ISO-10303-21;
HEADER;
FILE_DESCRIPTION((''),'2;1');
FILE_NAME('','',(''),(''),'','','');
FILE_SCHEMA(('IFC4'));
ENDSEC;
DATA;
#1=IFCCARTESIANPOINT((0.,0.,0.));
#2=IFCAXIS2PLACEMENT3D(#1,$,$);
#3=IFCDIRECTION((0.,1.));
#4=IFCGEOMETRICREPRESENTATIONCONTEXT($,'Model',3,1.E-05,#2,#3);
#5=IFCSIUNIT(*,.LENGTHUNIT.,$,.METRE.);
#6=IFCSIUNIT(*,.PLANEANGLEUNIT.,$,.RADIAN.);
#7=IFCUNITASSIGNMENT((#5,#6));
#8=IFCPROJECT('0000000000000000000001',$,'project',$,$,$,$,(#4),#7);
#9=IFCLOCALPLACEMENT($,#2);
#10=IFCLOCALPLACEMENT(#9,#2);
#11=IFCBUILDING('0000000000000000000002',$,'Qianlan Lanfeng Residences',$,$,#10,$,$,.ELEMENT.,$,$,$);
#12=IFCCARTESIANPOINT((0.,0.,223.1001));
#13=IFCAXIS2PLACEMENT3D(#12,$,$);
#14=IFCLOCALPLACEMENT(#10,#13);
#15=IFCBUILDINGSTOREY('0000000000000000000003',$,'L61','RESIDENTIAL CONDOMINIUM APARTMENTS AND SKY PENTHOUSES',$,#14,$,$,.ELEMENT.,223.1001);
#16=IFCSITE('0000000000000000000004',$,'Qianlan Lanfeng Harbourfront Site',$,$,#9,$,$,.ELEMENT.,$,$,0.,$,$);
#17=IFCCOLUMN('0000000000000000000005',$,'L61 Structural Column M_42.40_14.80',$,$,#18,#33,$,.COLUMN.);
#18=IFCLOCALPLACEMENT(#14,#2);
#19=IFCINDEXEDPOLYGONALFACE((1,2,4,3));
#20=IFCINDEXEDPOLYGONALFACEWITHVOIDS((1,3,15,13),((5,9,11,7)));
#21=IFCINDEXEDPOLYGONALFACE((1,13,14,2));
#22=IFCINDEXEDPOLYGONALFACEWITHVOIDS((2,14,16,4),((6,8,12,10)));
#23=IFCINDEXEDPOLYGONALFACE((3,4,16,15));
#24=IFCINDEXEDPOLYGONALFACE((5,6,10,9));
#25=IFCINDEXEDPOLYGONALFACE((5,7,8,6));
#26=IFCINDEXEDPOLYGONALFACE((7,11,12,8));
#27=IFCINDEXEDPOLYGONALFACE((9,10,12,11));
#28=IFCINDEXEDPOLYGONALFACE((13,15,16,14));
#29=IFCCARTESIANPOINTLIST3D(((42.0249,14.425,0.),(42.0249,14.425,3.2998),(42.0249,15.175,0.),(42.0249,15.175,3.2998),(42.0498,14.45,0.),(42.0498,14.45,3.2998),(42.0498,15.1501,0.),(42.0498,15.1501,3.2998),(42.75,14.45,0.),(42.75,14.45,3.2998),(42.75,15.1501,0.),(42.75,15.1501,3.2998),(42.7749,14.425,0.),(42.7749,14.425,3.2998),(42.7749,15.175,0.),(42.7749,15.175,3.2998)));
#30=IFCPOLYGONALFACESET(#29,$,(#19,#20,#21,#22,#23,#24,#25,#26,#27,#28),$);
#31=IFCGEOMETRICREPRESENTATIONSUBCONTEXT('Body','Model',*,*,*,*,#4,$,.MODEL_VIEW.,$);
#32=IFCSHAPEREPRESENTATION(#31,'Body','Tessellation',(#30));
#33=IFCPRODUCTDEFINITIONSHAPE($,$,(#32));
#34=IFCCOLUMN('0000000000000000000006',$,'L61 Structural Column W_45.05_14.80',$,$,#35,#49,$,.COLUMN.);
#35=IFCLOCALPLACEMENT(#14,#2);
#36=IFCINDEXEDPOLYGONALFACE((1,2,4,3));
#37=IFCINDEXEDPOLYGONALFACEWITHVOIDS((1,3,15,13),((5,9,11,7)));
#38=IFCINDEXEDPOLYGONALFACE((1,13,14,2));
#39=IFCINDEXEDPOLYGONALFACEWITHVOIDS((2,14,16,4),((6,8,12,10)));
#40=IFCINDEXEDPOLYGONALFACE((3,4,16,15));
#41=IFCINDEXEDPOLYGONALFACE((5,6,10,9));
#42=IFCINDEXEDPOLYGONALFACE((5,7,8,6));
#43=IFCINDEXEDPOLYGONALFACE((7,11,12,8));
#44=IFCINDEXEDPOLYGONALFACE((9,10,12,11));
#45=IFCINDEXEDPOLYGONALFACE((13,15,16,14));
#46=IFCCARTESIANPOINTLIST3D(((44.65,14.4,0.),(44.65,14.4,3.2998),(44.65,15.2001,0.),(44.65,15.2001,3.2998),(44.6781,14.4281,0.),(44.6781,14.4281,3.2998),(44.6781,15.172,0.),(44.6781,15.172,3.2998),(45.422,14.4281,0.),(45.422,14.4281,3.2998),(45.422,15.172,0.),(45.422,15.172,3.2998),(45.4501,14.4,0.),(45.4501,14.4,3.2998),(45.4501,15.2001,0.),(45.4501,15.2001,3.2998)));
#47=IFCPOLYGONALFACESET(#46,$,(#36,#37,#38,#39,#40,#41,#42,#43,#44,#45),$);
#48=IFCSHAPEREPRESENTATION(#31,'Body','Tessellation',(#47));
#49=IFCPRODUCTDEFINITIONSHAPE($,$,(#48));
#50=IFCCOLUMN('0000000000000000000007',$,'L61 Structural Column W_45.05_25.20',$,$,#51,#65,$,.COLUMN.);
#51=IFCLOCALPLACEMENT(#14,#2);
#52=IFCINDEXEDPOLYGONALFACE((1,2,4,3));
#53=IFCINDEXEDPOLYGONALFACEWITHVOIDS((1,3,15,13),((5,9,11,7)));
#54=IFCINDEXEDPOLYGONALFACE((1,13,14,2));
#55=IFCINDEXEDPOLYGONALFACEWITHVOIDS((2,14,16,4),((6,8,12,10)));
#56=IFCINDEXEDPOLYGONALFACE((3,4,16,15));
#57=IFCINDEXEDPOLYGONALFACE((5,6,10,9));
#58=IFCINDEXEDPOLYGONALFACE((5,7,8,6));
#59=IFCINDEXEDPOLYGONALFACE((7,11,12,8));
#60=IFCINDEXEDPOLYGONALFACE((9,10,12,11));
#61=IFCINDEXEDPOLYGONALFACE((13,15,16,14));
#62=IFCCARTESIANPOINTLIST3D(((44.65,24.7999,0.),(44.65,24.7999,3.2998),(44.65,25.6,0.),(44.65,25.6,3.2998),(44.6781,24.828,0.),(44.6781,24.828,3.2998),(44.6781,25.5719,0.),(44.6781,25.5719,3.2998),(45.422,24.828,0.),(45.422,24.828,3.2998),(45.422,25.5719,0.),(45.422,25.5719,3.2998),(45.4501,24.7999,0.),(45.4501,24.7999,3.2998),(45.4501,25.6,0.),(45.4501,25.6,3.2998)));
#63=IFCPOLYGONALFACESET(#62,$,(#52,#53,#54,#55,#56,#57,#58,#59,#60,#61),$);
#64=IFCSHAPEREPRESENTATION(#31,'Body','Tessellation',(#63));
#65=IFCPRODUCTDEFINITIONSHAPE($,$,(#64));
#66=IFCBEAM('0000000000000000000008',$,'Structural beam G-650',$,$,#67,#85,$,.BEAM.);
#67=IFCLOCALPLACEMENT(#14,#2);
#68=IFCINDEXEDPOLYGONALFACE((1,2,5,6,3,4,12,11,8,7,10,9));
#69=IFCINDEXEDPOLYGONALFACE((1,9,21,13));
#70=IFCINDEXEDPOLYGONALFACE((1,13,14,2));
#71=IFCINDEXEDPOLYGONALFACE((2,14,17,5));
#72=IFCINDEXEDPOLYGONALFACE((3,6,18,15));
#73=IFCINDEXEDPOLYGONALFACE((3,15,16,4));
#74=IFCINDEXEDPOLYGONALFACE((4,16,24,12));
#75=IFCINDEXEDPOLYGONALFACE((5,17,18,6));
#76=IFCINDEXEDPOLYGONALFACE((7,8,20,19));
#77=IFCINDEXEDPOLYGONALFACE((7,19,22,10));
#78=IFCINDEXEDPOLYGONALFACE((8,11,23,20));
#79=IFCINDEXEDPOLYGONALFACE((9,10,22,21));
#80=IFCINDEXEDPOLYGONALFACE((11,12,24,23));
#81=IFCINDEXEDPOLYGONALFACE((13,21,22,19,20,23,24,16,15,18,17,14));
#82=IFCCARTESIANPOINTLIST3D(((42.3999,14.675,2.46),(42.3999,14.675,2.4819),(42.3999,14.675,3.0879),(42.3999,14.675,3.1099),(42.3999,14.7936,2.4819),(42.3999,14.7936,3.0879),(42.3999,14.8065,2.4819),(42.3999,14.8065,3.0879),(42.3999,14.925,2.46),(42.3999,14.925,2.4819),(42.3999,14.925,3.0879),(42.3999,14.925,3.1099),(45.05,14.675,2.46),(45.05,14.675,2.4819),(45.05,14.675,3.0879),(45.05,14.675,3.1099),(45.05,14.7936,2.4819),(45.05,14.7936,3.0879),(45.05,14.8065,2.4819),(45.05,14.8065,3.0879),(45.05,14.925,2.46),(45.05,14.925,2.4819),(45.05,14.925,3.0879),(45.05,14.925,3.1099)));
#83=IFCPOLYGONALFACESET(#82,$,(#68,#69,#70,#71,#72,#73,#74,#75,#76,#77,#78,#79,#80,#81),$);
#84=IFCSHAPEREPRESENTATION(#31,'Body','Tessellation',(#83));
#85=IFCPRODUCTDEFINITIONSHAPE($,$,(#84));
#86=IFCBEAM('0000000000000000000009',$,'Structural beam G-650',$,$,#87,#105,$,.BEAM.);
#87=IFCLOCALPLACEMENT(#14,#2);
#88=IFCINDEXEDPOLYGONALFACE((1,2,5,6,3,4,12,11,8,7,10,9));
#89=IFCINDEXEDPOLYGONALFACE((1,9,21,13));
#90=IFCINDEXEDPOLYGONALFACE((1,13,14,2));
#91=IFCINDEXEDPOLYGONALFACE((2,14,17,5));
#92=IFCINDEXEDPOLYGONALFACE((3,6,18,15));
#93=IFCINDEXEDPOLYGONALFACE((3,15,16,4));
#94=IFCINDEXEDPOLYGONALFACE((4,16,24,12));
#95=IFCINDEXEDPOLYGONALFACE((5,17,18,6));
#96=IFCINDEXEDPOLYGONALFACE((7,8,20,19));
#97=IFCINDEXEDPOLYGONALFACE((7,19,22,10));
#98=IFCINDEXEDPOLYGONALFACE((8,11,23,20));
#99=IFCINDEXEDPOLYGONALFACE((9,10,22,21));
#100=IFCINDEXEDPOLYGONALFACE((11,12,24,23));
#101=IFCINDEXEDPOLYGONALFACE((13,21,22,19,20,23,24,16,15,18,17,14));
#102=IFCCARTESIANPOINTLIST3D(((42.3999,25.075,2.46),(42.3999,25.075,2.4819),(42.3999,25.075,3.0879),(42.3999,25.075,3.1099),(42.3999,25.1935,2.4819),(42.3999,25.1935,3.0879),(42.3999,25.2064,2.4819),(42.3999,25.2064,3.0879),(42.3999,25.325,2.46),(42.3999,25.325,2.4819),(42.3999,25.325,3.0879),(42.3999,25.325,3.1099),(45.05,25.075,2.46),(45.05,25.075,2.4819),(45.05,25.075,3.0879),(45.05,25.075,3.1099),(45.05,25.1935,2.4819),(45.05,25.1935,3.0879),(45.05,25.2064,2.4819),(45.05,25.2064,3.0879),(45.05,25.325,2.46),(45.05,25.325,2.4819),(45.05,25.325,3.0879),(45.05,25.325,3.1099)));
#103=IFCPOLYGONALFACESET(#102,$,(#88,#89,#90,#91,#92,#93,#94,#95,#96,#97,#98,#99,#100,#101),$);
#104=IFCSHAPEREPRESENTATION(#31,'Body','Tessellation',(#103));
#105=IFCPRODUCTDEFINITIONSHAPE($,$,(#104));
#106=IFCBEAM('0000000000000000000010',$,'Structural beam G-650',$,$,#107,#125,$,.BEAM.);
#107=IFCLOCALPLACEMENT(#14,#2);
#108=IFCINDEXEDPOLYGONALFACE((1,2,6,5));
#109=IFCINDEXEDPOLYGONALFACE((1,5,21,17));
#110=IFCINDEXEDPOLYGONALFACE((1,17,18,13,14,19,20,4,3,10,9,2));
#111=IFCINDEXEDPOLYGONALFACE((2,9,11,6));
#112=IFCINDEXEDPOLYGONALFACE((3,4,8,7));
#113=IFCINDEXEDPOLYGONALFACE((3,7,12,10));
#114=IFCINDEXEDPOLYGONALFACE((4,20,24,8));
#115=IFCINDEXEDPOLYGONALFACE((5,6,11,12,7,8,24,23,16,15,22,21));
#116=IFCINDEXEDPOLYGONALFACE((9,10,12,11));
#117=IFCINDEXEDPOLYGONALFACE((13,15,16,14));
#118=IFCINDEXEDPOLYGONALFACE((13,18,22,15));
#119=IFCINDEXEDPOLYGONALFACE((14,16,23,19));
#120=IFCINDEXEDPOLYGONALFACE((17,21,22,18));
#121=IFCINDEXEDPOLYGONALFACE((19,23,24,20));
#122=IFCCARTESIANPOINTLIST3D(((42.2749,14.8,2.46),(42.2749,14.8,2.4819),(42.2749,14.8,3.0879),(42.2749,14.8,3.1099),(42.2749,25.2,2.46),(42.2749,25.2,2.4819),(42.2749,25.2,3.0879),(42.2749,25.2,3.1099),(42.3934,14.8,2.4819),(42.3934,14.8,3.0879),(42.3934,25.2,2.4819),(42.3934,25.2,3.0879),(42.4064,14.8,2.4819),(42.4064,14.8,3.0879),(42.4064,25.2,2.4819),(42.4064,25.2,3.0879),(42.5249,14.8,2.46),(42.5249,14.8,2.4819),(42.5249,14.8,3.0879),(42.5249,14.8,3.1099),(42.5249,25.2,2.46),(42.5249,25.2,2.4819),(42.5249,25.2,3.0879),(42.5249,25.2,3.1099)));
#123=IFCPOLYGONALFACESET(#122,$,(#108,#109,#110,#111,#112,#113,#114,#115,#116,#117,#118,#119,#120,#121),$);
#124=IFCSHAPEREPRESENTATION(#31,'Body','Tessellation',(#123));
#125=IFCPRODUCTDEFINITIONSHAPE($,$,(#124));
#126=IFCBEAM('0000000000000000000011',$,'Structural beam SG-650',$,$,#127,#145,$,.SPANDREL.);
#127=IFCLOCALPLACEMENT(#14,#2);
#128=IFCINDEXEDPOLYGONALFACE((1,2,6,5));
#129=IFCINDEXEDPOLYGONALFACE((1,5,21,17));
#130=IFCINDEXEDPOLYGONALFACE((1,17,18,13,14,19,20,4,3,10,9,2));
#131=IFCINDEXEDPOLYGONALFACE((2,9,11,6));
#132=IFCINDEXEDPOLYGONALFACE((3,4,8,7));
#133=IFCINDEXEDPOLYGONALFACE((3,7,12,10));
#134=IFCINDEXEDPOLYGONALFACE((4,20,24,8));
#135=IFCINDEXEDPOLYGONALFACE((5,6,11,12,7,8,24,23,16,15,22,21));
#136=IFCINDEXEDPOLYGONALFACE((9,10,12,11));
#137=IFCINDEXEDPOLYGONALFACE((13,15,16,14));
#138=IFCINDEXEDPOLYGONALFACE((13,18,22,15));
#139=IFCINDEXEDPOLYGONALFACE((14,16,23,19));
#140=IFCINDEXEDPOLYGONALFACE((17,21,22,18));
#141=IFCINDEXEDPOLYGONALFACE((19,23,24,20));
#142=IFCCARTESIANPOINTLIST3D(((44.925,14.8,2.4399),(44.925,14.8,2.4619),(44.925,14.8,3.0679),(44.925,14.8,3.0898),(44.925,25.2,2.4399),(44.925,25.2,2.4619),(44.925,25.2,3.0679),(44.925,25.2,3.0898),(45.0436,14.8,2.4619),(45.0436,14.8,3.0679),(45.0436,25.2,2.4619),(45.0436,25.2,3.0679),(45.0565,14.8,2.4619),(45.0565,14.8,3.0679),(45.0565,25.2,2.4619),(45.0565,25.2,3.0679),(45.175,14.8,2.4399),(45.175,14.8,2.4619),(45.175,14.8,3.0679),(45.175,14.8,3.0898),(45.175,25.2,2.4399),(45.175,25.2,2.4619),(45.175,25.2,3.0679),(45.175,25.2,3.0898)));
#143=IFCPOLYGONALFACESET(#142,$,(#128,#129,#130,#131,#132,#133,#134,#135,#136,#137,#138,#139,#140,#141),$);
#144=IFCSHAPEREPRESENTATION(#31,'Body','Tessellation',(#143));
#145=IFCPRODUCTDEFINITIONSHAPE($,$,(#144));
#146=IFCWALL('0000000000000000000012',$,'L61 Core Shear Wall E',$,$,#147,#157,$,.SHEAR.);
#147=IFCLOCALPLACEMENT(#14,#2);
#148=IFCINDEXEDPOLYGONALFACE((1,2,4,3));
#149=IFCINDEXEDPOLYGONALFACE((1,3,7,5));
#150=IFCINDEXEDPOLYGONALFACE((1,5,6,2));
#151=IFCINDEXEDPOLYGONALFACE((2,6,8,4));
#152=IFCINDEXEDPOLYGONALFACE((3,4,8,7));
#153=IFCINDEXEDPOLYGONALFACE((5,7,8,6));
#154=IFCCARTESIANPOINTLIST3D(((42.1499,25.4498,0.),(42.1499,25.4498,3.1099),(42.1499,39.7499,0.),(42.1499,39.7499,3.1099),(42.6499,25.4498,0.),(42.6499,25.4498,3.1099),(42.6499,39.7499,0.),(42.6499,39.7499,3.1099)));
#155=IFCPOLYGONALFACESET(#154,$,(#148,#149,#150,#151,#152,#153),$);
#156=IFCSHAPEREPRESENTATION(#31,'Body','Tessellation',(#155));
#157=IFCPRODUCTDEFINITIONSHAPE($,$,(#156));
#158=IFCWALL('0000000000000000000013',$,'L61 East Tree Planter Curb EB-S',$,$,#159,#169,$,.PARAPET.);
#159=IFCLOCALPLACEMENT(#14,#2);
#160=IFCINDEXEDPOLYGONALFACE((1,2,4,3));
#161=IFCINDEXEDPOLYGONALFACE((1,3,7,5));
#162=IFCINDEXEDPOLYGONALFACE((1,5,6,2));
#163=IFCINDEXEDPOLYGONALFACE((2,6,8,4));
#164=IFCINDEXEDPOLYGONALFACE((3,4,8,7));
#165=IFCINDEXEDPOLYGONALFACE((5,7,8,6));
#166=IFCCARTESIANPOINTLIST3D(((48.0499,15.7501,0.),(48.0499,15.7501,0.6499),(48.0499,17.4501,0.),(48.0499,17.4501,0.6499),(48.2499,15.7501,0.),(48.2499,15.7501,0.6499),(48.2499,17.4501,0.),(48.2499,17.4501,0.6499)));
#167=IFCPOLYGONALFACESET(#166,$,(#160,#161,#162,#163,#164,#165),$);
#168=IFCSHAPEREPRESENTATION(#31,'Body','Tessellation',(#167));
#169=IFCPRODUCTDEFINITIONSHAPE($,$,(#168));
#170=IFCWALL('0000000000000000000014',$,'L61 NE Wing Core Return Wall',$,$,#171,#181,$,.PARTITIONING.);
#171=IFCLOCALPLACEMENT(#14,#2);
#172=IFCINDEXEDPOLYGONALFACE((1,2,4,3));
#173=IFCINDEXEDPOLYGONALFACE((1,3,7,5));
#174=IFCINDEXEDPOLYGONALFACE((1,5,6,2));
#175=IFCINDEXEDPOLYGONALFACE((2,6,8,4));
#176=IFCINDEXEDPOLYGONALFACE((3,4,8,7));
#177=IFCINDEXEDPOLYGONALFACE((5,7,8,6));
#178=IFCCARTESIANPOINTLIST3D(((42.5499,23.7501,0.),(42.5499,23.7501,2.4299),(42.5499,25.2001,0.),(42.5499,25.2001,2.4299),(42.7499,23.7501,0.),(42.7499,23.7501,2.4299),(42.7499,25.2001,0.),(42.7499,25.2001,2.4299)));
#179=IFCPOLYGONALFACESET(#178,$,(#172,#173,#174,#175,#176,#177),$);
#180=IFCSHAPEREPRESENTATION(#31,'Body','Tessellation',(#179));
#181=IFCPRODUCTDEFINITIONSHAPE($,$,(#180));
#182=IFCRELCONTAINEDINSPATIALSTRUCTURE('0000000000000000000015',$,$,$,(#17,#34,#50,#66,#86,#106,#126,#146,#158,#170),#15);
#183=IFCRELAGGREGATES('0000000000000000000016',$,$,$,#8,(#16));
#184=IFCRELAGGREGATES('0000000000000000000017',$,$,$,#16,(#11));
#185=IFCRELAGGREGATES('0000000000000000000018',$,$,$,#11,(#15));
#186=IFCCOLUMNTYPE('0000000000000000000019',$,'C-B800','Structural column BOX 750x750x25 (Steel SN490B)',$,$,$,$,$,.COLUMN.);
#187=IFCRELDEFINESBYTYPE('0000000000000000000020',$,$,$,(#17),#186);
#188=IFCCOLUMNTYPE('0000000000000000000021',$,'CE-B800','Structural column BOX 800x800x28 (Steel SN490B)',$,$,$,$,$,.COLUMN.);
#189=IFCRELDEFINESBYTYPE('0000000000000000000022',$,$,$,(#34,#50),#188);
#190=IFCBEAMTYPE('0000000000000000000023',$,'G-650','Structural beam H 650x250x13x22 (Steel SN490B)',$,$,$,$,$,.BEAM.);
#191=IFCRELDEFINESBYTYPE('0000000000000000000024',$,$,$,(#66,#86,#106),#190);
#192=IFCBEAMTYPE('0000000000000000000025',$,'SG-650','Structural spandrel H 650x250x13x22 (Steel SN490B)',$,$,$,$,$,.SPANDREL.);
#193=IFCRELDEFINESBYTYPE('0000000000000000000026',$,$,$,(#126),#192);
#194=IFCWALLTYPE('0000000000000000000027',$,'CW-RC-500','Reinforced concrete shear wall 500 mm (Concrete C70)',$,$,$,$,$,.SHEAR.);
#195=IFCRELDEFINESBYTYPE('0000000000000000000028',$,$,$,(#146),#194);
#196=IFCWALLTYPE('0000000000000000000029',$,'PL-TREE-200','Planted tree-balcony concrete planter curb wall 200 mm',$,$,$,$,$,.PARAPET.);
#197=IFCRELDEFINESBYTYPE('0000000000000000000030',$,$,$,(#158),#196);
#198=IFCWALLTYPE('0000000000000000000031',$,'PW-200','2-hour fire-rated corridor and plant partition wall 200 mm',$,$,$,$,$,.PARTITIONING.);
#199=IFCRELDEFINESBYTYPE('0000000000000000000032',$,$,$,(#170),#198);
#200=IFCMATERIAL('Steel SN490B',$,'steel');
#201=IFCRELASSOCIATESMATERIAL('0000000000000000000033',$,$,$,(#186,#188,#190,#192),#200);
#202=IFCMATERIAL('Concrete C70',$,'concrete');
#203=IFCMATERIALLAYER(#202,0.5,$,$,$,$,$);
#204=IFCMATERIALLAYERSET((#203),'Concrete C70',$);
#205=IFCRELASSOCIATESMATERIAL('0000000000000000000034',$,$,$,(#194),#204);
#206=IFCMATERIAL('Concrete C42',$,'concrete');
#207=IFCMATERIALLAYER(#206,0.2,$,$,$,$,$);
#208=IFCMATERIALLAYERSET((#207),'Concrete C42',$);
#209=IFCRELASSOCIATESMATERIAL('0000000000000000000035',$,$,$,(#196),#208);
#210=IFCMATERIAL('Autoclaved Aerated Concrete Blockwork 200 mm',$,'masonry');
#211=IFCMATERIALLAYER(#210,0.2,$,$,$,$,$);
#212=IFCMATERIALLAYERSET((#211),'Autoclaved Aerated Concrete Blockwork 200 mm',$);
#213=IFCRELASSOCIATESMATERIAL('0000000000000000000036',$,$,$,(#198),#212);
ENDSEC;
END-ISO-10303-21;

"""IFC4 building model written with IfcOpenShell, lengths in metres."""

from ifc_helpers import new_model, si_unit, direction, frame, frame_2d, origin, origin_2d, place, context, subcontext, project, spatial, rectangle, hollow_rectangle, i_section, extrude, material, layer, layer_set, material_profile, profile_set, type_object, element, save


model = new_model("IFC4")

# Units and contexts
model_context = context("Model", 3, precision=1e-05, world=origin(), true_north=direction((0.0, 1.0)))
body_context = subcontext(model_context, "Body", "Model", "MODEL_VIEW")
ifc_project = project(units=[si_unit("LENGTHUNIT", "METRE"), si_unit("PLANEANGLEUNIT", "RADIAN")], contexts=[model_context])

# Site, building, storey
site_placement = place(None, origin())
site = spatial("IfcSite", under=ifc_project, at=site_placement, Name="Qianlan Lanfeng Harbourfront Site", CompositionType="ELEMENT", RefElevation=0.0)
building_placement = place(site_placement, origin())
building = spatial("IfcBuilding", under=site, at=building_placement, Name="Qianlan Lanfeng Residences", CompositionType="ELEMENT")
storey_placement = place(building_placement, frame((0.0, 0.0, 223.1001)))
storey = spatial("IfcBuildingStorey", under=building, at=storey_placement, Name="L61", Description="RESIDENTIAL CONDOMINIUM APARTMENTS AND SKY PENTHOUSES", CompositionType="ELEMENT", Elevation=223.1001)

# Columns
ifc_material_1 = material(Name="Steel SN490B", Category="steel")
ifc_material_profile_1 = material_profile(ifc_material_1, hollow_rectangle(XDim=0.75, YDim=0.75, WallThickness=0.0249, at=origin_2d()), Name="BOX 750x750x25")
ifc_profile_set_1 = profile_set([ifc_material_profile_1], Name="Steel SN490B")
column_type_1 = type_object("IfcColumnType", Name="C-B800", Description="Structural column BOX 750x750x25 (Steel SN490B)", PredefinedType="COLUMN", material=ifc_profile_set_1)
column_placement = place(storey_placement, frame((42.3999, 14.8, 0.0), z_axis=(0.0, 0.0, 1.0), x_axis=(1.0, 0.0, 0.0)))
element("IfcColumn", 1, at=column_placement, inside=storey, type_object=column_type_1, Name="L61 Structural Column M_42.40_14.80", PredefinedType="COLUMN", context=body_context, shape_type="SweptSolid", body=[
    extrude(hollow_rectangle(XDim=0.75, YDim=0.75, WallThickness=0.0249, at=origin_2d()), origin(), (0.0, 0.0, 1.0), 3.2998),
])
ifc_material_profile_2 = material_profile(ifc_material_1, hollow_rectangle(XDim=0.8, YDim=0.8, WallThickness=0.0281, at=origin_2d()), Name="BOX 800x800x28")
ifc_profile_set_2 = profile_set([ifc_material_profile_2], Name="Steel SN490B")
column_type_2 = type_object("IfcColumnType", Name="CE-B800", Description="Structural column BOX 800x800x28 (Steel SN490B)", PredefinedType="COLUMN", material=ifc_profile_set_2)
for number, where, z_axis, x_axis, name in (
    (2, (45.05, 14.8, 0.0), (0.0, 0.0, 1.0), (1.0, 0.0, 0.0), "L61 Structural Column W_45.05_14.80"),
    (3, (45.05, 25.2, 0.0), (0.0, 0.0, 1.0), (1.0, 0.0, 0.0), "L61 Structural Column W_45.05_25.20"),
):
    element("IfcColumn", number, at=place(storey_placement, frame(where, z_axis=z_axis, x_axis=x_axis)), inside=storey, type_object=column_type_2, Name=name, PredefinedType="COLUMN", context=body_context, shape_type="SweptSolid", body=[
        extrude(hollow_rectangle(XDim=0.8, YDim=0.8, WallThickness=0.0281, at=origin_2d()), origin(), (0.0, 0.0, 1.0), 3.2998),
    ])

# Beams
ifc_material_profile_3 = material_profile(ifc_material_1, i_section(OverallWidth=0.25, OverallDepth=0.6499, WebThickness=0.0129, FlangeThickness=0.022, at=origin_2d()), Name="H 650x250x13x22")
ifc_profile_set_3 = profile_set([ifc_material_profile_3], Name="Steel SN490B")
beam_type_1 = type_object("IfcBeamType", Name="G-650", Description="Structural beam H 650x250x13x22 (Steel SN490B)", PredefinedType="BEAM", material=ifc_profile_set_3)
for number, where, z_axis, x_axis, name in (
    (4, (42.3999, 14.8, 2.7849), (1.0, 0.0, 0.0), (0.0, 1.0, 0.0), "Structural beam G-650"),
    (5, (42.3999, 25.2, 2.7849), (1.0, 0.0, 0.0), (0.0, 1.0, 0.0), "Structural beam G-650"),
):
    element("IfcBeam", number, at=place(storey_placement, frame(where, z_axis=z_axis, x_axis=x_axis)), inside=storey, type_object=beam_type_1, Name=name, PredefinedType="BEAM", context=body_context, shape_type="SweptSolid", body=[
        extrude(i_section(OverallWidth=0.25, OverallDepth=0.6499, WebThickness=0.0129, FlangeThickness=0.022, at=origin_2d()), origin(), (0.0, 0.0, 1.0), 2.6501),
    ])
beam_1_placement = place(storey_placement, frame((42.3999, 14.8, 2.7849), z_axis=(0.0, 1.0, 0.0), x_axis=(-1.0, 0.0, 0.0)))
element("IfcBeam", 6, at=beam_1_placement, inside=storey, type_object=beam_type_1, Name="Structural beam G-650", PredefinedType="BEAM", context=body_context, shape_type="SweptSolid", body=[
    extrude(i_section(OverallWidth=0.25, OverallDepth=0.6499, WebThickness=0.0129, FlangeThickness=0.022, at=origin_2d()), origin(), (0.0, 0.0, 1.0), 10.3999),
])
ifc_material_profile_4 = material_profile(ifc_material_1, i_section(OverallWidth=0.25, OverallDepth=0.6499, WebThickness=0.0129, FlangeThickness=0.022, at=origin_2d()), Name="H 650x250x13x22")
ifc_profile_set_4 = profile_set([ifc_material_profile_4], Name="Steel SN490B")
beam_type_2 = type_object("IfcBeamType", Name="SG-650", Description="Structural spandrel H 650x250x13x22 (Steel SN490B)", PredefinedType="SPANDREL", material=ifc_profile_set_4)
beam_2_placement = place(storey_placement, frame((45.05, 14.8, 2.7649), z_axis=(0.0, 1.0, 0.0), x_axis=(-1.0, 0.0, 0.0)))
element("IfcBeam", 7, at=beam_2_placement, inside=storey, type_object=beam_type_2, Name="Structural beam SG-650", PredefinedType="SPANDREL", context=body_context, shape_type="SweptSolid", body=[
    extrude(i_section(OverallWidth=0.25, OverallDepth=0.6499, WebThickness=0.0129, FlangeThickness=0.022, at=origin_2d()), origin(), (0.0, 0.0, 1.0), 10.3999),
])

# Walls
ifc_material_2 = material(Name="Concrete C70", Category="concrete")
ifc_layer_1 = layer(ifc_material_2, 0.5)
ifc_layer_set_1 = layer_set([ifc_layer_1], Name="Concrete C70")
wall_type_1 = type_object("IfcWallType", Name="CW-RC-500", Description="Reinforced concrete shear wall 500 mm (Concrete C70)", PredefinedType="SHEAR", material=ifc_layer_set_1)
wall_1_placement = place(storey_placement, frame((42.3999, 25.45, 0.0), z_axis=(0.0, 0.0, 1.0), x_axis=(0.0, 1.0, 0.0)))
element("IfcWall", 8, at=wall_1_placement, inside=storey, type_object=wall_type_1, Name="L61 Core Shear Wall E", PredefinedType="SHEAR", context=body_context, shape_type="SweptSolid", body=[
    extrude(rectangle(XDim=14.3, YDim=0.5, at=frame_2d((7.1499, 0.0))), origin(), (0.0, 0.0, 1.0), 3.1099),
])
ifc_material_3 = material(Name="Concrete C42", Category="concrete")
ifc_layer_2 = layer(ifc_material_3, 0.2)
ifc_layer_set_2 = layer_set([ifc_layer_2], Name="Concrete C42")
wall_type_2 = type_object("IfcWallType", Name="PL-TREE-200", Description="Planted tree-balcony concrete planter curb wall 200 mm", PredefinedType="PARAPET", material=ifc_layer_set_2)
wall_2_placement = place(storey_placement, frame((48.1499, 15.75, 0.0), z_axis=(0.0, 0.0, 1.0), x_axis=(0.0, 1.0, 0.0)))
element("IfcWall", 9, at=wall_2_placement, inside=storey, type_object=wall_type_2, Name="L61 East Tree Planter Curb EB-S", PredefinedType="PARAPET", context=body_context, shape_type="SweptSolid", body=[
    extrude(rectangle(XDim=1.7, YDim=0.2, at=frame_2d((0.8501, 0.0))), origin(), (0.0, 0.0, 1.0), 0.6499),
])

# Shared definitions
ifc_material_4 = material(Name="Autoclaved Aerated Concrete Blockwork 200 mm", Category="masonry")
ifc_layer_3 = layer(ifc_material_4, 0.2)
ifc_layer_set_3 = layer_set([ifc_layer_3], Name="Autoclaved Aerated Concrete Blockwork 200 mm")
wall_type_3 = type_object("IfcWallType", Name="PW-200", Description="2-hour fire-rated corridor and plant partition wall 200 mm", PredefinedType="PARTITIONING", material=ifc_layer_set_3)

# Wall
wall_3_placement = place(storey_placement, frame((42.6499, 23.75, 0.0), z_axis=(0.0, 0.0, 1.0), x_axis=(0.0, 1.0, 0.0)))
element("IfcWall", 10, at=wall_3_placement, inside=storey, type_object=wall_type_3, Name="L61 NE Wing Core Return Wall", PredefinedType="PARTITIONING", context=body_context, shape_type="SweptSolid", body=[
    extrude(rectangle(XDim=1.45, YDim=0.2, at=frame_2d((0.7251, 0.0))), origin(), (0.0, 0.0, 1.0), 2.4299),
])

save(model, "model.ifc")
